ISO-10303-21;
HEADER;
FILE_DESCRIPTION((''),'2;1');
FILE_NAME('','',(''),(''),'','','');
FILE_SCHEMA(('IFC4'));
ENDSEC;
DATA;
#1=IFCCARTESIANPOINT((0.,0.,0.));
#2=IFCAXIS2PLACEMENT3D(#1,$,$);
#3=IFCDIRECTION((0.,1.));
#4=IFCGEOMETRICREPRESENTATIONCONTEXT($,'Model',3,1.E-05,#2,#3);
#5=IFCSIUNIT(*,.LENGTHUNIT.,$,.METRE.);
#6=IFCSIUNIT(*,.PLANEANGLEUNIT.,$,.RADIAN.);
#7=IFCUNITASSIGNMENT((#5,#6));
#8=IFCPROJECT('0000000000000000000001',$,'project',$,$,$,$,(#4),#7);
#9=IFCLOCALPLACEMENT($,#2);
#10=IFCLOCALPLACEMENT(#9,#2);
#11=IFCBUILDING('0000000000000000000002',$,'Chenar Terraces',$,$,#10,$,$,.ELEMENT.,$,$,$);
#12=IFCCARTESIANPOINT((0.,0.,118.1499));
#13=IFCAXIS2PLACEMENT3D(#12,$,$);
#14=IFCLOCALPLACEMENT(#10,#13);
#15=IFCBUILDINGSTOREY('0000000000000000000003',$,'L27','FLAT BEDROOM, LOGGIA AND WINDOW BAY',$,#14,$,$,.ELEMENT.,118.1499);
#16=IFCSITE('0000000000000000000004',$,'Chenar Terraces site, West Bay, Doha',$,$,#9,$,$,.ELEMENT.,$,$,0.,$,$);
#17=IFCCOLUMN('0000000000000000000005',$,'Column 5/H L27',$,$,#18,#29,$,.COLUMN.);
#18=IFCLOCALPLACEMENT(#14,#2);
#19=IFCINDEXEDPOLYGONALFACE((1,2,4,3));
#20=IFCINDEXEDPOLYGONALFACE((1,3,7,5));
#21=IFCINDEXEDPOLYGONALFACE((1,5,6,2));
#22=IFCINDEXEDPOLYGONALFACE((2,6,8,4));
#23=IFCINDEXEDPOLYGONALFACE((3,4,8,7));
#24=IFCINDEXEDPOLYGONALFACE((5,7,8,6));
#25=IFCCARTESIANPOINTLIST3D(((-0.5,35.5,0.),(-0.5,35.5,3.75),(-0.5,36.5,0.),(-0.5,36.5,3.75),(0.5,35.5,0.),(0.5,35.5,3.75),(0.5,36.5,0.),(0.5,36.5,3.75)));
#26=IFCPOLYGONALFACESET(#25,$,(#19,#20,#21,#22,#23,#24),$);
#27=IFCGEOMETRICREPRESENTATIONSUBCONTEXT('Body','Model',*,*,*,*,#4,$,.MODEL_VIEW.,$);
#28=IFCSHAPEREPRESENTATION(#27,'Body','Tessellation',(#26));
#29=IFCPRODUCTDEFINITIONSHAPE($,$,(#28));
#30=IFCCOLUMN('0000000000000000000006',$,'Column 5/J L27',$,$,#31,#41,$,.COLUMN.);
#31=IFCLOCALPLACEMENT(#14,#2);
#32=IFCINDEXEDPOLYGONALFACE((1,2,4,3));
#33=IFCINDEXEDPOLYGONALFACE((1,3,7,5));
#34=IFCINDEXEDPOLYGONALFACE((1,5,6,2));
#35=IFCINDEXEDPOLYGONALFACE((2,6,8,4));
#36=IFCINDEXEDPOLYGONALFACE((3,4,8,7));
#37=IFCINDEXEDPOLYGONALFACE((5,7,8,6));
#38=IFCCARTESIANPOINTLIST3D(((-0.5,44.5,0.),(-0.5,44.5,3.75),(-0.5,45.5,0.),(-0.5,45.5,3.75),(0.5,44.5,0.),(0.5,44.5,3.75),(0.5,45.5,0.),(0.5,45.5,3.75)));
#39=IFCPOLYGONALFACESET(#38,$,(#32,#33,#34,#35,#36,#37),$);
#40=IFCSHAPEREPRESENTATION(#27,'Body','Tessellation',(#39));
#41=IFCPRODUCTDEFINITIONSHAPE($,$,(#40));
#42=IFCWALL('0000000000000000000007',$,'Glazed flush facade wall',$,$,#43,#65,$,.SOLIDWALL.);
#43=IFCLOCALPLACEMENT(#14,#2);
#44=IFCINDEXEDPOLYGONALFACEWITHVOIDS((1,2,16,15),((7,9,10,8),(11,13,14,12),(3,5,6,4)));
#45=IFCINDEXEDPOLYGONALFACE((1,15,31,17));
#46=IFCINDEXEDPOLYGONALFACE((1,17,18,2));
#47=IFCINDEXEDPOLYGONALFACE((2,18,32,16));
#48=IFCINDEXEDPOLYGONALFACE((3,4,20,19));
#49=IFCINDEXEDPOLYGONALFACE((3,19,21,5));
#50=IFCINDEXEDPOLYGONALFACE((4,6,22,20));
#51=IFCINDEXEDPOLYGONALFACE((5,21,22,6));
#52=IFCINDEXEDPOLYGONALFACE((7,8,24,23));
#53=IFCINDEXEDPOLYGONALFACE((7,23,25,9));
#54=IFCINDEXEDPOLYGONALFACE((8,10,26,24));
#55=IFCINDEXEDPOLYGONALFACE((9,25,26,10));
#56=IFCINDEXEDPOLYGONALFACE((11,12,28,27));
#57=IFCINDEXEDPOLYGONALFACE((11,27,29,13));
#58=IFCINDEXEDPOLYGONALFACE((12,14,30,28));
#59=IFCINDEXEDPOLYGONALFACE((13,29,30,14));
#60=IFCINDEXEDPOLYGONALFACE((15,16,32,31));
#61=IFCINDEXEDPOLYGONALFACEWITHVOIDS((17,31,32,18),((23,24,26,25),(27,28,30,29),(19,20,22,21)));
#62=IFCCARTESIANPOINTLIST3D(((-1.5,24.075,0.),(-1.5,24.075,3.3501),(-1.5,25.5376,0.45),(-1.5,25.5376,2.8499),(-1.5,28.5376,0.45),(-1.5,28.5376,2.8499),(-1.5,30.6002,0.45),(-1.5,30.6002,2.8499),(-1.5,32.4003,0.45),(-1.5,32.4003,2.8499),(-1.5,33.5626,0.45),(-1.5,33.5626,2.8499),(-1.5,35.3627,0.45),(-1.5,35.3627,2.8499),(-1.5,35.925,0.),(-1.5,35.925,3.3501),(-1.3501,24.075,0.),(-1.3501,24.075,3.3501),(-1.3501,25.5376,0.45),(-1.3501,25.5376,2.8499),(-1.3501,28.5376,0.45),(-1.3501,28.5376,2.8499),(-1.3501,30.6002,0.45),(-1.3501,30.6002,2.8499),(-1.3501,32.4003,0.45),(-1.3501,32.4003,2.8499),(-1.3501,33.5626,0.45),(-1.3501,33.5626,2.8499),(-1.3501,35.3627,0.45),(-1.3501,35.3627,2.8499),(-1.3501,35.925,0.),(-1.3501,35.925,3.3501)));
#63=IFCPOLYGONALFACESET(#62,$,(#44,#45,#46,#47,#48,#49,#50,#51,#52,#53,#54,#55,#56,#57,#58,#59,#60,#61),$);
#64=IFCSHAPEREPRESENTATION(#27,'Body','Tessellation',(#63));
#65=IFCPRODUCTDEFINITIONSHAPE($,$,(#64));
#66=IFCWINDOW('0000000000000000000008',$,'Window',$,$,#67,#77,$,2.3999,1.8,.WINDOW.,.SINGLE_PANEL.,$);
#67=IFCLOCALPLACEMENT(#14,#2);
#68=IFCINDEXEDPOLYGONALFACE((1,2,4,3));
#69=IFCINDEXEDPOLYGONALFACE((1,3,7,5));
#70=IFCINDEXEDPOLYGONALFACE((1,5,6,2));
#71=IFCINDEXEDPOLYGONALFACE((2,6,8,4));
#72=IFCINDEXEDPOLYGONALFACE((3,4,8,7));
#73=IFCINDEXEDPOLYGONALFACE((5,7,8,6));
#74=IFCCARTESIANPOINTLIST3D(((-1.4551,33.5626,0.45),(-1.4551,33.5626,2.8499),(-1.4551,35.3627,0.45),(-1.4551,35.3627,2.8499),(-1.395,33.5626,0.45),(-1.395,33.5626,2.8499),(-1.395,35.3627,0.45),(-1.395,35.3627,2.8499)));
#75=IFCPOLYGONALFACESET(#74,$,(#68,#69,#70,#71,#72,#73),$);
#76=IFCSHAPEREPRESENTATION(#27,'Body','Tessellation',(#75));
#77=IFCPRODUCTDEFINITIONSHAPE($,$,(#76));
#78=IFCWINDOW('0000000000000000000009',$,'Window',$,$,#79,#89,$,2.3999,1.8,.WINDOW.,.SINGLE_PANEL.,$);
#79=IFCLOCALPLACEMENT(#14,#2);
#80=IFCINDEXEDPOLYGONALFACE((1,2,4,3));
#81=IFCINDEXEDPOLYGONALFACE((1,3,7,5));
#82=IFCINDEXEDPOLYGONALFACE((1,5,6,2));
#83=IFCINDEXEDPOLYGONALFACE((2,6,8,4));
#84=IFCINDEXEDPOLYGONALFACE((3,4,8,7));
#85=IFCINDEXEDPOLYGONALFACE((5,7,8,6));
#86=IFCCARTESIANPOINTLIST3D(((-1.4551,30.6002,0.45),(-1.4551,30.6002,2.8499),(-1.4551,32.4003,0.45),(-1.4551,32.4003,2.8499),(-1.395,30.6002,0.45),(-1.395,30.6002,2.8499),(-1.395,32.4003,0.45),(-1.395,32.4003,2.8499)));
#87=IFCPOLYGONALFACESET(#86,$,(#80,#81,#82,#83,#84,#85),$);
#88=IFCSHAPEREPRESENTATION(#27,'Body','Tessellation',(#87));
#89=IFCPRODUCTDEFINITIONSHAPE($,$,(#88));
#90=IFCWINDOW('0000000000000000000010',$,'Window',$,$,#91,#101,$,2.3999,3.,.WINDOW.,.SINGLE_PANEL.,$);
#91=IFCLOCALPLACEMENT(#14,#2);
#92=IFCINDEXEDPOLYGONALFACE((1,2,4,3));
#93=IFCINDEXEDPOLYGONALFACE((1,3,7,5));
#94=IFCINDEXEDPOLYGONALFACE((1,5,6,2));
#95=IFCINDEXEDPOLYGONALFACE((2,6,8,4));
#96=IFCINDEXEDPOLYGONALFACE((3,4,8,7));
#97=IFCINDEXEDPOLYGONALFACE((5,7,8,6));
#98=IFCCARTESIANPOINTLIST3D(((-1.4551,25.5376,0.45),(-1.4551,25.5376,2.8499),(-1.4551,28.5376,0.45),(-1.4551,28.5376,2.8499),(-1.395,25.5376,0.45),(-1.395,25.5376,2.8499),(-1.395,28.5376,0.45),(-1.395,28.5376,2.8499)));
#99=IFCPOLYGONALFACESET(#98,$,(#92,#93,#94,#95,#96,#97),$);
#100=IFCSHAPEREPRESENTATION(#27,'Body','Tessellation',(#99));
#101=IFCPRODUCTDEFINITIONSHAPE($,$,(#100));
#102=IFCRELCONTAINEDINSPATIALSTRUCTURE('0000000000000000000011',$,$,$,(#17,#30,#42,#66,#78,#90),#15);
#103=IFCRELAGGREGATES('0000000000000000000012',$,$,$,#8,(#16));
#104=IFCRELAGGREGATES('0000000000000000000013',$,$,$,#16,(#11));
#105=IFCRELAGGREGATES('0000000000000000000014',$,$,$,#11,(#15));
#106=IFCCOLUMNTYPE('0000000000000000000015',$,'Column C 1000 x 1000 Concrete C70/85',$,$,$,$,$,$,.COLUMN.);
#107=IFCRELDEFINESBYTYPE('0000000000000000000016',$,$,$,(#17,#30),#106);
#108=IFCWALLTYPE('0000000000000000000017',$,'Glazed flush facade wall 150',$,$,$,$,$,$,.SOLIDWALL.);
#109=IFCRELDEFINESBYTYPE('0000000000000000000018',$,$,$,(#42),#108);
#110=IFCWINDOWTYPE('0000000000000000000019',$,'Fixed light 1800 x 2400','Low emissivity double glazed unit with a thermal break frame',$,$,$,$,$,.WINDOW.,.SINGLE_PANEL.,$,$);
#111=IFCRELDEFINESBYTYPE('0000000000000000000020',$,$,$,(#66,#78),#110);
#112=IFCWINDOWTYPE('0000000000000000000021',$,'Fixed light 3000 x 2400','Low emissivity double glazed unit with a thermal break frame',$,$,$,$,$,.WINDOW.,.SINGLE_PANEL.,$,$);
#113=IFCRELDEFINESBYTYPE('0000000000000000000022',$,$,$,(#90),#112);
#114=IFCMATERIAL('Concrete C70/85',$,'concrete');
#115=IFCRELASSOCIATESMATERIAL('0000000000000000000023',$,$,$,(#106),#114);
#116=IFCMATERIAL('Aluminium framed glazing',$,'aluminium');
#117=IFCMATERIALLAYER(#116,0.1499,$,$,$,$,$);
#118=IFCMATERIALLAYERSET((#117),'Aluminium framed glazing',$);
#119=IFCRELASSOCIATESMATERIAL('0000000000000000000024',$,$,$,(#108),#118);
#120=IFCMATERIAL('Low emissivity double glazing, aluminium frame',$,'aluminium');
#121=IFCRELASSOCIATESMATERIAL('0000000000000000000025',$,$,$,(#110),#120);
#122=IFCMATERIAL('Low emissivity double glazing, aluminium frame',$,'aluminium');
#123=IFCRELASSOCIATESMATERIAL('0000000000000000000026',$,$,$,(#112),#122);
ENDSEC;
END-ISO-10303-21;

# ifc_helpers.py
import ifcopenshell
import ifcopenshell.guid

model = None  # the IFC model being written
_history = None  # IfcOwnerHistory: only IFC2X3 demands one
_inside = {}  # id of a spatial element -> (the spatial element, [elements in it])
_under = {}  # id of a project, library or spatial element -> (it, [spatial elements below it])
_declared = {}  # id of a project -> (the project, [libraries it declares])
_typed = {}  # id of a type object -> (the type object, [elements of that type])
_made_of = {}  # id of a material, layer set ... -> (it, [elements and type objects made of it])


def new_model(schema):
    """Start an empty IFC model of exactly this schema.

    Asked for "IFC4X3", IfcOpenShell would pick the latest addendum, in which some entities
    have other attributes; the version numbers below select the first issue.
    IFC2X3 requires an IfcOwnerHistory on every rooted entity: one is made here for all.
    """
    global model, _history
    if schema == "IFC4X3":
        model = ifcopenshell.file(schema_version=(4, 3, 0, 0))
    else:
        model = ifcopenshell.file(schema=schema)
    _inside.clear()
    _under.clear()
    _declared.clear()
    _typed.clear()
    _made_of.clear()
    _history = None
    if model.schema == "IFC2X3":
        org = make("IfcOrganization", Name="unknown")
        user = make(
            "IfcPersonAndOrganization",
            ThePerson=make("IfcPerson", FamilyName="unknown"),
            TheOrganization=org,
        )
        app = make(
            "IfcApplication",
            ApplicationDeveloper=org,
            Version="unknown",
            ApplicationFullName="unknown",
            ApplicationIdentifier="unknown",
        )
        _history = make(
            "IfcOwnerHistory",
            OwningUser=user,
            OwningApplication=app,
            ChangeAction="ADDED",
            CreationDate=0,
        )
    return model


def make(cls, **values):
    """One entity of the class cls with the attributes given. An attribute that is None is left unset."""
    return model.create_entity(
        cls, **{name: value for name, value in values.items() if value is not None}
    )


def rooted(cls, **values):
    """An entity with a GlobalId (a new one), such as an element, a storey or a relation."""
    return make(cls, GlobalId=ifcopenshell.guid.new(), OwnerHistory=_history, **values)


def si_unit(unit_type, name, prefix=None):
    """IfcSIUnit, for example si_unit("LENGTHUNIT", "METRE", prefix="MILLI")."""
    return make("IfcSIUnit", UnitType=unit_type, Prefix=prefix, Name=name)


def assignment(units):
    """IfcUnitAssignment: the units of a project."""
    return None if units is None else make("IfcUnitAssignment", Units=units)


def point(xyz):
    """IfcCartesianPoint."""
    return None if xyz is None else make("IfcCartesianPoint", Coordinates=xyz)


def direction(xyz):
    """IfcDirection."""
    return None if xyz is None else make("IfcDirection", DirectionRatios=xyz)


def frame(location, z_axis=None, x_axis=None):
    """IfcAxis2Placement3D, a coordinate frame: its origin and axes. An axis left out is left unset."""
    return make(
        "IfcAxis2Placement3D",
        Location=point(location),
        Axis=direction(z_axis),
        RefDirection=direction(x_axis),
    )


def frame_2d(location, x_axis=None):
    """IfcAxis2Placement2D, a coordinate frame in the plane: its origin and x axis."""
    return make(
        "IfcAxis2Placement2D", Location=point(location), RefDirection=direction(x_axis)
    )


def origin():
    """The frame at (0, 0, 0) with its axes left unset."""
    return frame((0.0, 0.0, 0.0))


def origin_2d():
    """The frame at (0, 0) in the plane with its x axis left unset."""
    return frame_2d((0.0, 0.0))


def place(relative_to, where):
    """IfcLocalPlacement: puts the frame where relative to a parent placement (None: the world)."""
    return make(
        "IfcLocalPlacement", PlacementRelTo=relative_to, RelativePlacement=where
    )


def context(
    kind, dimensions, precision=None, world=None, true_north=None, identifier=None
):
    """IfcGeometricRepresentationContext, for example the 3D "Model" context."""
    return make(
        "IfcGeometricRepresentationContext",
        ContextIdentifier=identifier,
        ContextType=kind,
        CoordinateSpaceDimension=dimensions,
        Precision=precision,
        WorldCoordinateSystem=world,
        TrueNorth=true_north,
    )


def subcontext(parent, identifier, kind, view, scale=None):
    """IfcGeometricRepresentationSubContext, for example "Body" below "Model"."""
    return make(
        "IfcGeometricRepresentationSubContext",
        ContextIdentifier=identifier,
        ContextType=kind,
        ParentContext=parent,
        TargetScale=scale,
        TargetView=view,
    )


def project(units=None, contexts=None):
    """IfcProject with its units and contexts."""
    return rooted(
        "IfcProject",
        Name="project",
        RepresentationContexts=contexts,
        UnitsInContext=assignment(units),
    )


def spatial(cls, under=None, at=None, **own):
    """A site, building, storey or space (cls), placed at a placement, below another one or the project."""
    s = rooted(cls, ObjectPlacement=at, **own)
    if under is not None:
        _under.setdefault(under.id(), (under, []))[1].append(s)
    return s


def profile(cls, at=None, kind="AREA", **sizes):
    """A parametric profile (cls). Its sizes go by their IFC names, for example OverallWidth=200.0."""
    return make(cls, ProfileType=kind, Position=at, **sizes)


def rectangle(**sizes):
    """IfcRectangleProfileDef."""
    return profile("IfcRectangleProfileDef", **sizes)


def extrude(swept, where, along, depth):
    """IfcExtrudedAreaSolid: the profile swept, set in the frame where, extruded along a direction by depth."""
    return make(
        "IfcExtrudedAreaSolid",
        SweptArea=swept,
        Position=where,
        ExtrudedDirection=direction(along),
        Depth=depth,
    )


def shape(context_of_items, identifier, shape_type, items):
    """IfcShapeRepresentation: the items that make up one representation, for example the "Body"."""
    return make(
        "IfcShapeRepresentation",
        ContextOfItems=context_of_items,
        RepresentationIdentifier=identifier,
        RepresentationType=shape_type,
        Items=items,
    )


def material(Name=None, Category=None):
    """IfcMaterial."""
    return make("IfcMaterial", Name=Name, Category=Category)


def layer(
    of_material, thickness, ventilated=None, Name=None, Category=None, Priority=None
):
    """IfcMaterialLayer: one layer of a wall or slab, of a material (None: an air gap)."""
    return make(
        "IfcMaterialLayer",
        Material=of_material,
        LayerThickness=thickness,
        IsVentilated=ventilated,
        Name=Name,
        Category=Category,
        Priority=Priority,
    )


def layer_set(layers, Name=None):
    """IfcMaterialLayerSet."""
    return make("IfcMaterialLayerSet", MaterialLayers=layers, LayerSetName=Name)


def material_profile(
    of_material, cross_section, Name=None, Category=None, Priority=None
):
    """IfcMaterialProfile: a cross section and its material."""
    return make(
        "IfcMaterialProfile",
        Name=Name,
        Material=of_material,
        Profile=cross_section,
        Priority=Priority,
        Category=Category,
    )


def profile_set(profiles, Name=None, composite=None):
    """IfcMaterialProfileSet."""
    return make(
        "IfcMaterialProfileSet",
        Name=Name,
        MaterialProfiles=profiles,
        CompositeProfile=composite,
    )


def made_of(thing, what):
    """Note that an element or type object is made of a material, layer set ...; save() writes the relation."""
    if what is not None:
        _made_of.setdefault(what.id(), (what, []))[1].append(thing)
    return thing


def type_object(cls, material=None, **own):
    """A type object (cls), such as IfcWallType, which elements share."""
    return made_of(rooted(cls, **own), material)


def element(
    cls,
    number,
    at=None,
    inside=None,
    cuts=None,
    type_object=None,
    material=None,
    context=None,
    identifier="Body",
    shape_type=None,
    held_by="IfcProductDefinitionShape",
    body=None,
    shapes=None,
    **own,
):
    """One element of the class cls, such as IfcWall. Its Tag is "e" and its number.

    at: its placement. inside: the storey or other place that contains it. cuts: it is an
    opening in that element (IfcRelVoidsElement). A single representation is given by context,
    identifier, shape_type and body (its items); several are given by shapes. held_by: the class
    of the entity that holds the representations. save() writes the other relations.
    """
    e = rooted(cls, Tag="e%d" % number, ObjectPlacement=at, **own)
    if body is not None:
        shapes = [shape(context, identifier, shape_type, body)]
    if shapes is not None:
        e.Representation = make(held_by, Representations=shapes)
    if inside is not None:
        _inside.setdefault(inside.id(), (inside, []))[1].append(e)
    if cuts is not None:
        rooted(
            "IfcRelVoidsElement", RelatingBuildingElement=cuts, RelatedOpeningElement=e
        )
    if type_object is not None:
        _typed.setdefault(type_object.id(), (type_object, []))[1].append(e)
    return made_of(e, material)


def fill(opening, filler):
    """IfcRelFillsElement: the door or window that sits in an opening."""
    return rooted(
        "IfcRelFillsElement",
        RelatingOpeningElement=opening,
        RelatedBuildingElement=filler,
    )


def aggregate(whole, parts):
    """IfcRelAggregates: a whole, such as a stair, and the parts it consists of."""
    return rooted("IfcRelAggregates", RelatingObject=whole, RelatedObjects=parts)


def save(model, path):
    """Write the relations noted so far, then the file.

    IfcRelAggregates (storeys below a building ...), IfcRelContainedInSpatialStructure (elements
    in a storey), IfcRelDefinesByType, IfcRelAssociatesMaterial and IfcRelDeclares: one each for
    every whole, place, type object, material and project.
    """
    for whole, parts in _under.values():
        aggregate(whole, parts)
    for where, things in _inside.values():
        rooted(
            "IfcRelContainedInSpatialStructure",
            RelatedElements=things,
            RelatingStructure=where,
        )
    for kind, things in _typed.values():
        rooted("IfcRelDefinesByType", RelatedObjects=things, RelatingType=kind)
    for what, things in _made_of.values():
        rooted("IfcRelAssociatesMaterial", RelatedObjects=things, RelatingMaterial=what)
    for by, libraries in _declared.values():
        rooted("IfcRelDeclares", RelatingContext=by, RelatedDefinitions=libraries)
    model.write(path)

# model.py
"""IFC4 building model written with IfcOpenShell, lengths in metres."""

from ifc_helpers import new_model, si_unit, direction, frame, frame_2d, origin, origin_2d, place, context, subcontext, project, spatial, rectangle, extrude, material, layer, layer_set, material_profile, profile_set, type_object, element, fill, save


model = new_model("IFC4")

# Units and contexts
model_context = context("Model", 3, precision=1e-05, world=origin(), true_north=direction((0.0, 1.0)))
body_context = subcontext(model_context, "Body", "Model", "MODEL_VIEW")
ifc_project = project(units=[si_unit("LENGTHUNIT", "METRE"), si_unit("PLANEANGLEUNIT", "RADIAN")], contexts=[model_context])

# Site, building, storey
site_placement = place(None, origin())
site = spatial("IfcSite", under=ifc_project, at=site_placement, Name="Chenar Terraces site, West Bay, Doha", CompositionType="ELEMENT", RefElevation=0.0)
building_placement = place(site_placement, origin())
building = spatial("IfcBuilding", under=site, at=building_placement, Name="Chenar Terraces", CompositionType="ELEMENT")
storey_placement = place(building_placement, frame((0.0, 0.0, 118.1499)))
storey = spatial("IfcBuildingStorey", under=building, at=storey_placement, Name="L27", Description="FLAT BEDROOM, LOGGIA AND WINDOW BAY", CompositionType="ELEMENT", Elevation=118.1499)

# Columns
ifc_material_1 = material(Name="Concrete C70/85", Category="concrete")
ifc_material_profile = material_profile(ifc_material_1, rectangle(XDim=1.0, YDim=1.0, at=origin_2d()), Name="C 1000 x 1000")
ifc_profile_set = profile_set([ifc_material_profile], Name="Concrete C70/85")
column_type = type_object("IfcColumnType", Name="Column C 1000 x 1000 Concrete C70/85", PredefinedType="COLUMN", material=ifc_profile_set)
placement = place(storey_placement, frame((0.0, 36.0, 0.0), z_axis=(0.0, 0.0, 1.0), x_axis=(1.0, 0.0, 0.0)))
element("IfcColumn", 1, at=placement, inside=storey, type_object=column_type, Name="Column 5/H L27", PredefinedType="COLUMN", context=body_context, shape_type="SweptSolid", body=[
    extrude(rectangle(XDim=1.0, YDim=1.0, at=origin_2d()), origin(), (0.0, 0.0, 1.0), 3.75),
])
column_1_placement = place(storey_placement, frame((0.0, 45.0, 0.0), z_axis=(0.0, 0.0, 1.0), x_axis=(1.0, 0.0, 0.0)))
element("IfcColumn", 2, at=column_1_placement, inside=storey, type_object=column_type, Name="Column 5/J L27", PredefinedType="COLUMN", context=body_context, shape_type="SweptSolid", body=[
    extrude(rectangle(XDim=1.0, YDim=1.0, at=origin_2d()), origin(), (0.0, 0.0, 1.0), 3.75),
])

# Wall, openings, windows
ifc_material_2 = material(Name="Aluminium framed glazing", Category="aluminium")
ifc_layer_1 = layer(ifc_material_2, 0.1499)
ifc_layer_set_1 = layer_set([ifc_layer_1], Name="Aluminium framed glazing")
wall_type_1 = type_object("IfcWallType", Name="Glazed flush facade wall 150", PredefinedType="SOLIDWALL", material=ifc_layer_set_1)
wall_1_placement = place(storey_placement, frame((-1.425, 35.925, 0.0), z_axis=(0.0, 0.0, 1.0), x_axis=(0.0, -1.0, 0.0)))
wall_1 = element("IfcWall", 3, at=wall_1_placement, inside=storey, type_object=wall_type_1, Name="Glazed flush facade wall", PredefinedType="SOLIDWALL", context=body_context, shape_type="SweptSolid", body=[
    extrude(rectangle(XDim=11.8501, YDim=0.1499, at=frame_2d((5.925, 0.0))), origin(), (0.0, 0.0, 1.0), 3.3501),
])
opening_1_placement = place(wall_1_placement, frame((0.5625, 0.0, 0.45)))
opening_1 = element("IfcOpeningElement", 4, at=opening_1_placement, cuts=wall_1, PredefinedType="OPENING", context=body_context, shape_type="SweptSolid", body=[
    extrude(rectangle(XDim=1.8, YDim=2.3999, at=frame_2d((0.8999, 1.2))), frame((0.0, 0.085, 0.0), z_axis=(0.0, -1.0, 0.0), x_axis=(1.0, 0.0, 0.0)), (0.0, 0.0, 1.0), 0.1699),
])
opening_2_placement = place(wall_1_placement, frame((3.5249, 0.0, 0.45)))
opening_2 = element("IfcOpeningElement", 5, at=opening_2_placement, cuts=wall_1, PredefinedType="OPENING", context=body_context, shape_type="SweptSolid", body=[
    extrude(rectangle(XDim=1.8, YDim=2.3999, at=frame_2d((0.8999, 1.2))), frame((0.0, 0.085, 0.0), z_axis=(0.0, -1.0, 0.0), x_axis=(1.0, 0.0, 0.0)), (0.0, 0.0, 1.0), 0.1699),
])
opening_3_placement = place(wall_1_placement, frame((7.3875, 0.0, 0.45)))
opening_3 = element("IfcOpeningElement", 6, at=opening_3_placement, cuts=wall_1, PredefinedType="OPENING", context=body_context, shape_type="SweptSolid", body=[
    extrude(rectangle(XDim=3.0, YDim=2.3999, at=frame_2d((1.5, 1.2))), frame((0.0, 0.085, 0.0), z_axis=(0.0, -1.0, 0.0), x_axis=(1.0, 0.0, 0.0)), (0.0, 0.0, 1.0), 0.1699),
])
ifc_material_3 = material(Name="Low emissivity double glazing, aluminium frame", Category="aluminium")
window_type_1 = type_object("IfcWindowType", Name="Fixed light 1800 x 2400", Description="Low emissivity double glazed unit with a thermal break frame", PartitioningType="SINGLE_PANEL", PredefinedType="WINDOW", material=ifc_material_3)
window_1_placement = place(opening_1_placement, origin())
window_1 = element("IfcWindow", 7, at=window_1_placement, inside=storey, type_object=window_type_1, Name="Window", OverallHeight=2.3999, OverallWidth=1.8, PartitioningType="SINGLE_PANEL", PredefinedType="WINDOW", context=body_context, shape_type="SweptSolid", body=[
    extrude(rectangle(XDim=1.8, YDim=2.3999, at=frame_2d((0.8999, 1.2))), frame((0.0, 0.03, 0.0), z_axis=(0.0, -1.0, 0.0), x_axis=(1.0, 0.0, 0.0)), (0.0, 0.0, 1.0), 0.0601),
])
fill(opening_1, window_1)
window_2_placement = place(opening_2_placement, origin())
window_2 = element("IfcWindow", 8, at=window_2_placement, inside=storey, type_object=window_type_1, Name="Window", OverallHeight=2.3999, OverallWidth=1.8, PartitioningType="SINGLE_PANEL", PredefinedType="WINDOW", context=body_context, shape_type="SweptSolid", body=[
    extrude(rectangle(XDim=1.8, YDim=2.3999, at=frame_2d((0.8999, 1.2))), frame((0.0, 0.03, 0.0), z_axis=(0.0, -1.0, 0.0), x_axis=(1.0, 0.0, 0.0)), (0.0, 0.0, 1.0), 0.0601),
])
fill(opening_2, window_2)
ifc_material_4 = material(Name="Low emissivity double glazing, aluminium frame", Category="aluminium")
window_type_2 = type_object("IfcWindowType", Name="Fixed light 3000 x 2400", Description="Low emissivity double glazed unit with a thermal break frame", PartitioningType="SINGLE_PANEL", PredefinedType="WINDOW", material=ifc_material_4)
window_3_placement = place(opening_3_placement, origin())
window_3 = element("IfcWindow", 9, at=window_3_placement, inside=storey, type_object=window_type_2, Name="Window", OverallHeight=2.3999, OverallWidth=3.0, PartitioningType="SINGLE_PANEL", PredefinedType="WINDOW", context=body_context, shape_type="SweptSolid", body=[
    extrude(rectangle(XDim=3.0, YDim=2.3999, at=frame_2d((1.5, 1.2))), frame((0.0, 0.03, 0.0), z_axis=(0.0, -1.0, 0.0), x_axis=(1.0, 0.0, 0.0)), (0.0, 0.0, 1.0), 0.0601),
])
fill(opening_3, window_3)

save(model, "model.ifc")
